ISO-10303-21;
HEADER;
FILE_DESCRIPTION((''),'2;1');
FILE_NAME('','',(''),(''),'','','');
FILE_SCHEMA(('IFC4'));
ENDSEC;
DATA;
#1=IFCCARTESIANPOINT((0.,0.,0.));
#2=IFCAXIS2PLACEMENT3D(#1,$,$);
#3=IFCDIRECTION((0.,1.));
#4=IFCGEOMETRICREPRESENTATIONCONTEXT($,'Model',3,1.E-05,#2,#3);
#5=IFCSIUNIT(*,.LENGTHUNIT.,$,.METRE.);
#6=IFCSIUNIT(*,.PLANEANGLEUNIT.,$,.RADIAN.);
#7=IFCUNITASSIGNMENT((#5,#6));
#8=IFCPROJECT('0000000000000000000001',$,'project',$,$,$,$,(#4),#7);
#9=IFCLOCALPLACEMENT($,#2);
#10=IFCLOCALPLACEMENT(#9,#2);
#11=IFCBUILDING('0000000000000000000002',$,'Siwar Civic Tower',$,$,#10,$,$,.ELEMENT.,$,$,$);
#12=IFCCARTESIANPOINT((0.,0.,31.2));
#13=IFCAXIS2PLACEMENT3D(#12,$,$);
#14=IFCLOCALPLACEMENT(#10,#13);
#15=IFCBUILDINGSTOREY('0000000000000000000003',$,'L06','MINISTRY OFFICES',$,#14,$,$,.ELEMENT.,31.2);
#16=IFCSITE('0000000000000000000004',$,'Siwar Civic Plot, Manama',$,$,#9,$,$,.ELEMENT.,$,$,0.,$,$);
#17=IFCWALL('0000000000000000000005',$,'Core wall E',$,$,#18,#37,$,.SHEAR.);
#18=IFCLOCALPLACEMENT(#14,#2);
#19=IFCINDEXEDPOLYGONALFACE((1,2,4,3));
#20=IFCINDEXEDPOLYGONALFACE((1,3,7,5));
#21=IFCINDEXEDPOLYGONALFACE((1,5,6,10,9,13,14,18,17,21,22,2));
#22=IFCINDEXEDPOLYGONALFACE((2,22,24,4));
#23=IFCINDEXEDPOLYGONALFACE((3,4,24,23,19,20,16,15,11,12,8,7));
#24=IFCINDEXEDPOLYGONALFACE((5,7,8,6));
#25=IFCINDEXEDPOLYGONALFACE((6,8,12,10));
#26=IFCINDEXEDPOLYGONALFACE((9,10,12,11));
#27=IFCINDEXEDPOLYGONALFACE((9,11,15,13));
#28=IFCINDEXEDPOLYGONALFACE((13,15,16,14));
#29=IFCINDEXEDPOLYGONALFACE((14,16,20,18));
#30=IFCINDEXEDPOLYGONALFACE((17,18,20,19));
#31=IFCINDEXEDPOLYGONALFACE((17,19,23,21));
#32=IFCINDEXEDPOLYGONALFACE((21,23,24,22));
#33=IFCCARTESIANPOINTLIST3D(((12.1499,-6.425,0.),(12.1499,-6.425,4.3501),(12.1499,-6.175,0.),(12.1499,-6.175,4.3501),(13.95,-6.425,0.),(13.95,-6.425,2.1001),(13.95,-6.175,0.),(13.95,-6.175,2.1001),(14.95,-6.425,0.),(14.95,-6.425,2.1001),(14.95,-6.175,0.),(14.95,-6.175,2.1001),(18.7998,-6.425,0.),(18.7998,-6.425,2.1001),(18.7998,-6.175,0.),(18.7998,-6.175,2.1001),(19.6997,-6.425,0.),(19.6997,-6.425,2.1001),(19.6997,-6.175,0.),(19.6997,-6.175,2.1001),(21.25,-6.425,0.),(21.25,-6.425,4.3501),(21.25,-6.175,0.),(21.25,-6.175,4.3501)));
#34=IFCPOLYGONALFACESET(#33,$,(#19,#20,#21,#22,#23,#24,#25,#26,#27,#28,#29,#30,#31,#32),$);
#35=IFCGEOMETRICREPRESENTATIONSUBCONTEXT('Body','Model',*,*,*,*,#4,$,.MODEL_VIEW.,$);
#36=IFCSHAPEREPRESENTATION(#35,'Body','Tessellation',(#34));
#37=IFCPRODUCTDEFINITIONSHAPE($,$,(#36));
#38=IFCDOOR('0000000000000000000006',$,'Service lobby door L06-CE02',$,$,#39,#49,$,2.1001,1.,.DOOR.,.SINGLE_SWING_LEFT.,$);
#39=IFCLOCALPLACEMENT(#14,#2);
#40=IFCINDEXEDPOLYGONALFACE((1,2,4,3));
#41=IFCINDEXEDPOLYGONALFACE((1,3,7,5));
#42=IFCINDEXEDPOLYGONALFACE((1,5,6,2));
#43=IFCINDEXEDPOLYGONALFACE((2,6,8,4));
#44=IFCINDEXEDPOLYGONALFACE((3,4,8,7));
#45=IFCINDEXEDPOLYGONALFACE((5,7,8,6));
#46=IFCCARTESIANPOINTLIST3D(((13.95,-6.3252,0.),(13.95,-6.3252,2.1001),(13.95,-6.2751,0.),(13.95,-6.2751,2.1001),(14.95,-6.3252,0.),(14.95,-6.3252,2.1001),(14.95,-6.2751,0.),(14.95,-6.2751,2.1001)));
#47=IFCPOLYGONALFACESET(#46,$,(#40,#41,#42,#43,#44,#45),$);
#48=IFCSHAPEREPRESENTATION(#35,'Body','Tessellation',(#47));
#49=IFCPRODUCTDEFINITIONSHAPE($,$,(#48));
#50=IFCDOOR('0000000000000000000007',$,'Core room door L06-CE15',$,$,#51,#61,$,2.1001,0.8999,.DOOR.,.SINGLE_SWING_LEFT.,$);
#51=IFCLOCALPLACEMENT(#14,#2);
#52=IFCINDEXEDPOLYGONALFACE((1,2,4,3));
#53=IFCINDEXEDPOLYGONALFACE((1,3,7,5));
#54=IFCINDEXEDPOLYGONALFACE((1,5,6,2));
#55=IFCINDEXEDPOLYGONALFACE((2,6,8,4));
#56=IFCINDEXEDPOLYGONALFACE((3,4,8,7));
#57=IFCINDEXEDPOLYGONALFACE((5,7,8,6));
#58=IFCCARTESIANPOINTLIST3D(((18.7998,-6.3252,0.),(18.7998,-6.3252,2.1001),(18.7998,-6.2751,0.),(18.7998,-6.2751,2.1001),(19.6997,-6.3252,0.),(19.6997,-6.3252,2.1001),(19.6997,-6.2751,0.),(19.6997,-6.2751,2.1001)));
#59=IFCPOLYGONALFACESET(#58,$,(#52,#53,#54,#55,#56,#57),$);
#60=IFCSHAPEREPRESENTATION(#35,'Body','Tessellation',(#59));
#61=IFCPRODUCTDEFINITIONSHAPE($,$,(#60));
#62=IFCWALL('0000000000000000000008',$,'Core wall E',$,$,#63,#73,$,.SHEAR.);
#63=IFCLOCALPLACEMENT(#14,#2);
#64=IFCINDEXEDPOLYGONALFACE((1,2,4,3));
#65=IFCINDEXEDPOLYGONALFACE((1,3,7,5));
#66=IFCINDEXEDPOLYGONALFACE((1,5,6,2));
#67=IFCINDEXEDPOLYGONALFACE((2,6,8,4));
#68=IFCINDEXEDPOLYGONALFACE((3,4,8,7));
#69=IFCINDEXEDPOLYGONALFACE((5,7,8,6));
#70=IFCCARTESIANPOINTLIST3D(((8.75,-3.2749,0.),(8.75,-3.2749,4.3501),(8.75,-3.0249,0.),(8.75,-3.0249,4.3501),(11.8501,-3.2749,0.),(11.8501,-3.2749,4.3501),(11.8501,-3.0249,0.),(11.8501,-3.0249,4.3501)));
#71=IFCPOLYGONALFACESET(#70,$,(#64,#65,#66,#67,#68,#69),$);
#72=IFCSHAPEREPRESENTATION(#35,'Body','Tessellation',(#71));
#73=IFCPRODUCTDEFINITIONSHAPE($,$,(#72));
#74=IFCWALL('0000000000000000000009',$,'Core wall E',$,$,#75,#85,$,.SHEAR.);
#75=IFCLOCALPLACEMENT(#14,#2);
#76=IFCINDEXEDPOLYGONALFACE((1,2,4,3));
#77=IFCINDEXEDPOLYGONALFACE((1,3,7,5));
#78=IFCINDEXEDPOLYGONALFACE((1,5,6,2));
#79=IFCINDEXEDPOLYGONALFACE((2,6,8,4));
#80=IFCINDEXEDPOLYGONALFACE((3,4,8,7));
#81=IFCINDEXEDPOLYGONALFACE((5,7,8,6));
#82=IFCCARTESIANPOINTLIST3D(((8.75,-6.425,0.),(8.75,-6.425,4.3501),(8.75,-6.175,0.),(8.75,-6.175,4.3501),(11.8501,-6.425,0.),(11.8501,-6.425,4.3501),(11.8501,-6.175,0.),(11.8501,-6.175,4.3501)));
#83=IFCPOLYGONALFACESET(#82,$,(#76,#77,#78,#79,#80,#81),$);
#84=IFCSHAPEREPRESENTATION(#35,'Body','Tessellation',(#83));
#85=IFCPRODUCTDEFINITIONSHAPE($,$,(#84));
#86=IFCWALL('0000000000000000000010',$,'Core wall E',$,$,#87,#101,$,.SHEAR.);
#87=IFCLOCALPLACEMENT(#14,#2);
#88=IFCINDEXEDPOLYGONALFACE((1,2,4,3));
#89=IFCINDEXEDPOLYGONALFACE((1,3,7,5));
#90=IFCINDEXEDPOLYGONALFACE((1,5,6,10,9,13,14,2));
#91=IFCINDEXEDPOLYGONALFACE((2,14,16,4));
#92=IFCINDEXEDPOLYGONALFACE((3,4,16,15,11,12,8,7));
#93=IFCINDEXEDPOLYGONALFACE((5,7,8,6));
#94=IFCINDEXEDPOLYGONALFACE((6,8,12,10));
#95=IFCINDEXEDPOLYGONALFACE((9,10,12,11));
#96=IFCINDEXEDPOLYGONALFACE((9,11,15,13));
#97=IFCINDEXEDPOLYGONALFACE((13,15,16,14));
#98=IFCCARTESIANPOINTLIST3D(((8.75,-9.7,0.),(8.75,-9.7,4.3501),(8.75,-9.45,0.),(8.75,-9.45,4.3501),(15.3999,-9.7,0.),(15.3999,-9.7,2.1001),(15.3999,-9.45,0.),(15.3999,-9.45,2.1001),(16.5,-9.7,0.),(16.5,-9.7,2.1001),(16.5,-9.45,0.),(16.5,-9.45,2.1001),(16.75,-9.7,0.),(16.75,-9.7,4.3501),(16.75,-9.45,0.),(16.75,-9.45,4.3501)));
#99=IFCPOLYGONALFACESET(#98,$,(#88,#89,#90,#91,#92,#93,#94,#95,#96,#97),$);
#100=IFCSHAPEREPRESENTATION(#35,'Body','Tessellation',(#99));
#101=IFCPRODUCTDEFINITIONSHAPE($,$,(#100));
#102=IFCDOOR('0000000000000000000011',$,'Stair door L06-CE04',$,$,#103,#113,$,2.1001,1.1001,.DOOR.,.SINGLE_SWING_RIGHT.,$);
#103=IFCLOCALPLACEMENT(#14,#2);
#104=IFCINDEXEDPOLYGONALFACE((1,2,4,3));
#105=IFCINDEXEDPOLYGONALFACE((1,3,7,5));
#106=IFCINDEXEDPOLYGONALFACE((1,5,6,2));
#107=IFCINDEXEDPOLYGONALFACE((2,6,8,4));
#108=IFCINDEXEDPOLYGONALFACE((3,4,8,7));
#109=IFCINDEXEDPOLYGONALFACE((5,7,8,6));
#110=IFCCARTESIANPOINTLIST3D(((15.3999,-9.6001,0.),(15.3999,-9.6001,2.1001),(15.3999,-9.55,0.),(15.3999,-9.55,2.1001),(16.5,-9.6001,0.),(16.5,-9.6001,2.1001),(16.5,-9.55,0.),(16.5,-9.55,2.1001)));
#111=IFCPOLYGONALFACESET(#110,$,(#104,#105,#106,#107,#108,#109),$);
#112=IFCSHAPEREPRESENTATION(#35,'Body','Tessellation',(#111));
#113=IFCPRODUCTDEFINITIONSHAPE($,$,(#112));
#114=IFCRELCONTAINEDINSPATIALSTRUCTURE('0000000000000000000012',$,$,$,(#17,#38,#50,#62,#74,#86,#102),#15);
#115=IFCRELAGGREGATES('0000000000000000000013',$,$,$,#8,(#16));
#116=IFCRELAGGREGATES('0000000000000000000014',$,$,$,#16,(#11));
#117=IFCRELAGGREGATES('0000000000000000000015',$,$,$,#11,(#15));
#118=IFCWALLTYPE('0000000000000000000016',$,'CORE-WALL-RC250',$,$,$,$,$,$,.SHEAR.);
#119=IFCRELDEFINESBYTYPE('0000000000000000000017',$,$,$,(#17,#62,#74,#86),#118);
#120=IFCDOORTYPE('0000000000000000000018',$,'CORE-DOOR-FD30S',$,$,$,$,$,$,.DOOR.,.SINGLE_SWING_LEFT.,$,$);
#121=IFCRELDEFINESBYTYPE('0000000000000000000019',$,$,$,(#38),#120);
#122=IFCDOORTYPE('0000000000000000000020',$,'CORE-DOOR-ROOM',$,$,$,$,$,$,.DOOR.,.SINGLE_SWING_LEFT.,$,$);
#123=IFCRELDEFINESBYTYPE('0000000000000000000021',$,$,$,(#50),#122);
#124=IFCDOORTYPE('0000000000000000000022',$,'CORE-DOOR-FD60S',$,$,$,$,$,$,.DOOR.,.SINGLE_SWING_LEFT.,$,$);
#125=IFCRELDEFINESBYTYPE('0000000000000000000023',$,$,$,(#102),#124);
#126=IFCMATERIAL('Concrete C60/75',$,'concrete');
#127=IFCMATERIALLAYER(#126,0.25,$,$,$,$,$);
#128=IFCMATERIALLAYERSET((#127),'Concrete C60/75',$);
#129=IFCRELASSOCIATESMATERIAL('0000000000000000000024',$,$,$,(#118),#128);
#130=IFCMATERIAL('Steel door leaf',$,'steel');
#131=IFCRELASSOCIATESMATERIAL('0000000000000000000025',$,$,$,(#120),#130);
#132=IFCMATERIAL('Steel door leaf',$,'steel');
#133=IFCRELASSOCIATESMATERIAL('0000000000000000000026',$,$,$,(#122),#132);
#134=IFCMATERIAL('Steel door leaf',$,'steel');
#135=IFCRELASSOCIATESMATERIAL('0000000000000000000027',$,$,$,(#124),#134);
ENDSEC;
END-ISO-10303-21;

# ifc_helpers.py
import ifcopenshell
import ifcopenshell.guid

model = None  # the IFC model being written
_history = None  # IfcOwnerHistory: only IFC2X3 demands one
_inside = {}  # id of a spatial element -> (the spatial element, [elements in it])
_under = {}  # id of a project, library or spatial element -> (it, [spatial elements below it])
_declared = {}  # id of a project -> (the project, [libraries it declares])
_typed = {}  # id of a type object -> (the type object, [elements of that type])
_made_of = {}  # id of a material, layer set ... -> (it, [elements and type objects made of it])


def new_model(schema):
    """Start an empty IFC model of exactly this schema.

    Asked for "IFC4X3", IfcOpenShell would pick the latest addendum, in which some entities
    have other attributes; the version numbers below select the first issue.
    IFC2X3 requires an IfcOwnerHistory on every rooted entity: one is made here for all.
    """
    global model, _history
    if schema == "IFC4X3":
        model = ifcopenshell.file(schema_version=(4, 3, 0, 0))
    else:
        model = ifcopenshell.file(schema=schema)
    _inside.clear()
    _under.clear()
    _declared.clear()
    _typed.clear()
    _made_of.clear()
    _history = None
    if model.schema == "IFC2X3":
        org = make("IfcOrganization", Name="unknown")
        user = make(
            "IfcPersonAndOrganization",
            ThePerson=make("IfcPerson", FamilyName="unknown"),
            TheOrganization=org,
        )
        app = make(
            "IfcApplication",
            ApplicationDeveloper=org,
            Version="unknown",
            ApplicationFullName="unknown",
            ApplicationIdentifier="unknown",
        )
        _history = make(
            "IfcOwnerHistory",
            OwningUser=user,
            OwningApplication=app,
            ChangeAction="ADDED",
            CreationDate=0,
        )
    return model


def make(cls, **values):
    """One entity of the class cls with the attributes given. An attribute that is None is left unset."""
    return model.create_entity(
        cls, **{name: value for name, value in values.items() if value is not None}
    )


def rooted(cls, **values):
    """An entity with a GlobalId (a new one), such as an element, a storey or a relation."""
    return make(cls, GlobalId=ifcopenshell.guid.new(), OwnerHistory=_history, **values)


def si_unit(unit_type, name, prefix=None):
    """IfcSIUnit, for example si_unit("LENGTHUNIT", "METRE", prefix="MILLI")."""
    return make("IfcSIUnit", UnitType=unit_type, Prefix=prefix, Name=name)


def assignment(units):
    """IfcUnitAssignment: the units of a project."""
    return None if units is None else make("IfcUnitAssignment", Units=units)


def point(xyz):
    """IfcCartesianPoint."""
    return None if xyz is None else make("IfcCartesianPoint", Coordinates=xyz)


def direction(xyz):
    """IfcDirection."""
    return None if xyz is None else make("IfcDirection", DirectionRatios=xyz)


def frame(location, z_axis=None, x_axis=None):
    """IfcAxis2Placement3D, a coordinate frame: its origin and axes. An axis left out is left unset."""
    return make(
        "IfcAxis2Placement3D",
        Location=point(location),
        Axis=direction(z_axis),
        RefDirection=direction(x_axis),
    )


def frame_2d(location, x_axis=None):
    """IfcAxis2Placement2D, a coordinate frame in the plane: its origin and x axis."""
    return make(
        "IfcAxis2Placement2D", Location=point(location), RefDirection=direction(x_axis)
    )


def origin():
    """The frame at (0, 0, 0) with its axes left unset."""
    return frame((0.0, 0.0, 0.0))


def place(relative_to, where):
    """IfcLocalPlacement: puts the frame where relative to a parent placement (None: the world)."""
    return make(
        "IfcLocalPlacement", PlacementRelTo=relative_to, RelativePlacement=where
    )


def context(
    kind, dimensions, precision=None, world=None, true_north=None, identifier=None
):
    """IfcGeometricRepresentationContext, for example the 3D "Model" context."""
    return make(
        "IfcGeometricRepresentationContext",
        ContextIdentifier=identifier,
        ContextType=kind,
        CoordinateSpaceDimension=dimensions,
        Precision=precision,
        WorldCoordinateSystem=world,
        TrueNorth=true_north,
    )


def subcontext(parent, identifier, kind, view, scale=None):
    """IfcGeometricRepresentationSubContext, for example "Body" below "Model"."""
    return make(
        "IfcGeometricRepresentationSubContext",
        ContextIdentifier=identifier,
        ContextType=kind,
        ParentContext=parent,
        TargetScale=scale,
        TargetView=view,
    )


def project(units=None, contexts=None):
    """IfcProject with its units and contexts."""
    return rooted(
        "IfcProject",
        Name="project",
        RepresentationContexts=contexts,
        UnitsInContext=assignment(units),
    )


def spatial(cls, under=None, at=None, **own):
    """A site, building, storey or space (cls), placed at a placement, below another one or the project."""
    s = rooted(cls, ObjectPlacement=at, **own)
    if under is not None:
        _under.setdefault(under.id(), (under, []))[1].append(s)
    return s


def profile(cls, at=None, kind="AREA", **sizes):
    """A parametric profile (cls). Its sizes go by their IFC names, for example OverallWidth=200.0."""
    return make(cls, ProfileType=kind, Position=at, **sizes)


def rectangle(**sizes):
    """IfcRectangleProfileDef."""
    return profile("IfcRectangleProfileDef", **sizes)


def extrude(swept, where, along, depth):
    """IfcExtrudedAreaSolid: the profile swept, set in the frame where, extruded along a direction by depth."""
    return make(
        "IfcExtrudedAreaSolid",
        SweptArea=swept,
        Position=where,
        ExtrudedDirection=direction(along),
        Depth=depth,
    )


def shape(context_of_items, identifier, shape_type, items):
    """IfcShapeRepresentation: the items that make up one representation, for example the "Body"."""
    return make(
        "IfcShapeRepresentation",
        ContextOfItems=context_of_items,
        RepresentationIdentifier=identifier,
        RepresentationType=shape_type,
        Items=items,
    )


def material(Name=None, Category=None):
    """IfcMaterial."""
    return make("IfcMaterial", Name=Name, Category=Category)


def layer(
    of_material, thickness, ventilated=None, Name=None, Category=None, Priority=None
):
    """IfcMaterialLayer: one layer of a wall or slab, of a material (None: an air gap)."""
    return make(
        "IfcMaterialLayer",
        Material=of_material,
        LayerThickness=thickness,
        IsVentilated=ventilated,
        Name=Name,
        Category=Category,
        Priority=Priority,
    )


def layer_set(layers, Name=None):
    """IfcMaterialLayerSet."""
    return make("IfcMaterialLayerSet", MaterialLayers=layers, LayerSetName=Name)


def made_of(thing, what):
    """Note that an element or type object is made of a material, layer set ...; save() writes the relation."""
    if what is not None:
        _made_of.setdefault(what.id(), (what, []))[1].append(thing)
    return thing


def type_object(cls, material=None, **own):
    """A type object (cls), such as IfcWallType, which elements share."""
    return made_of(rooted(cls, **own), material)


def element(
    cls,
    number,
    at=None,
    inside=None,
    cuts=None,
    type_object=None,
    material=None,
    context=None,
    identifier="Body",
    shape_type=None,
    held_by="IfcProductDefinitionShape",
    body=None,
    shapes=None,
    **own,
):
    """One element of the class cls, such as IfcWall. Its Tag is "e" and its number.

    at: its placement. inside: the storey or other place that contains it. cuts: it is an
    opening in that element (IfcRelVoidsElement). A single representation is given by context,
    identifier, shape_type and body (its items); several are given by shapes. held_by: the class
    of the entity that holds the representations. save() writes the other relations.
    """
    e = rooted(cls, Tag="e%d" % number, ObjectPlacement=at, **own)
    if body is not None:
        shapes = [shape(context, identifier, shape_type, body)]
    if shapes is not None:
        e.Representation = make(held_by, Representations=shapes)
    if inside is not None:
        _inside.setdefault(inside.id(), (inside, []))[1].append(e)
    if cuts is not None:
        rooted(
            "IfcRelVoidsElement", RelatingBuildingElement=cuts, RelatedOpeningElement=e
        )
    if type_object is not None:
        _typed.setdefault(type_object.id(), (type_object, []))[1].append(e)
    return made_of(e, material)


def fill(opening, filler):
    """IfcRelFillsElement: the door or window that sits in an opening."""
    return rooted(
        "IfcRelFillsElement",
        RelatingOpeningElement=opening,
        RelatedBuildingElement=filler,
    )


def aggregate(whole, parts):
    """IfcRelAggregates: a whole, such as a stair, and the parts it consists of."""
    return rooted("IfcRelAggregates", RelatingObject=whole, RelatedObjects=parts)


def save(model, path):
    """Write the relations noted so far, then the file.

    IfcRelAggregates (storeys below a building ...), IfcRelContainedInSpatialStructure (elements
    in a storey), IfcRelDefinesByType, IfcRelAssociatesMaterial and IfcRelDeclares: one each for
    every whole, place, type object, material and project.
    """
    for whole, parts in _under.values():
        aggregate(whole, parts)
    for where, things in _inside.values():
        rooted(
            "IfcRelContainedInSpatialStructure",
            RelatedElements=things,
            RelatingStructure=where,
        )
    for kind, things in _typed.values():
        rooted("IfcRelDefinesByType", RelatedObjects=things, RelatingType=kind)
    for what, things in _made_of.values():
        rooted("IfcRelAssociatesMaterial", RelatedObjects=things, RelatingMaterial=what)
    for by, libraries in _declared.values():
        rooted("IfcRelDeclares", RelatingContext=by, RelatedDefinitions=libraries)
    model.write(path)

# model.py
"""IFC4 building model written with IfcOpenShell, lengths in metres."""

from ifc_helpers import new_model, si_unit, direction, frame, frame_2d, origin, place, context, subcontext, project, spatial, rectangle, extrude, material, layer, layer_set, type_object, element, fill, save


model = new_model("IFC4")

# Units and contexts
model_context = context("Model", 3, precision=1e-05, world=origin(), true_north=direction((0.0, 1.0)))
body_context = subcontext(model_context, "Body", "Model", "MODEL_VIEW")
ifc_project = project(units=[si_unit("LENGTHUNIT", "METRE"), si_unit("PLANEANGLEUNIT", "RADIAN")], contexts=[model_context])

# Site, building, storey
site_placement = place(None, origin())
site = spatial("IfcSite", under=ifc_project, at=site_placement, Name="Siwar Civic Plot, Manama", CompositionType="ELEMENT", RefElevation=0.0)
building_placement = place(site_placement, origin())
building = spatial("IfcBuilding", under=site, at=building_placement, Name="Siwar Civic Tower", CompositionType="ELEMENT")
storey_placement = place(building_placement, frame((0.0, 0.0, 31.2)))
storey = spatial("IfcBuildingStorey", under=building, at=storey_placement, Name="L06", Description="MINISTRY OFFICES", CompositionType="ELEMENT", Elevation=31.2)

# Wall, openings, doors
ifc_material_1 = material(Name="Concrete C60/75", Category="concrete")
ifc_layer_1 = layer(ifc_material_1, 0.25)
ifc_layer_set_1 = layer_set([ifc_layer_1], Name="Concrete C60/75")
wall_type_1 = type_object("IfcWallType", Name="CORE-WALL-RC250", PredefinedType="SHEAR", material=ifc_layer_set_1)
wall_1_placement = place(storey_placement, frame((12.1499, -6.3, 0.0), z_axis=(0.0, 0.0, 1.0), x_axis=(1.0, 0.0, 0.0)))
wall_1 = element("IfcWall", 1, at=wall_1_placement, inside=storey, type_object=wall_type_1, Name="Core wall E", PredefinedType="SHEAR", context=body_context, shape_type="SweptSolid", body=[
    extrude(rectangle(XDim=9.1001, YDim=0.25, at=frame_2d((4.55, 0.0))), origin(), (0.0, 0.0, 1.0), 4.3501),
])
opening_1_placement = place(wall_1_placement, frame((1.8, 0.0, 0.0)))
opening_1 = element("IfcOpeningElement", 2, at=opening_1_placement, cuts=wall_1, PredefinedType="OPENING", context=body_context, shape_type="SweptSolid", body=[
    extrude(rectangle(XDim=1.0, YDim=2.1001, at=frame_2d((0.5, 1.05))), frame((0.0, 0.135, 0.0), z_axis=(0.0, -1.0, 0.0), x_axis=(1.0, 0.0, 0.0)), (0.0, 0.0, 1.0), 0.27),
])
opening_2_placement = place(wall_1_placement, frame((6.6499, 0.0, 0.0)))
opening_2 = element("IfcOpeningElement", 3, at=opening_2_placement, cuts=wall_1, PredefinedType="OPENING", context=body_context, shape_type="SweptSolid", body=[
    extrude(rectangle(XDim=0.8999, YDim=2.1001, at=frame_2d((0.45, 1.05))), frame((0.0, 0.135, 0.0), z_axis=(0.0, -1.0, 0.0), x_axis=(1.0, 0.0, 0.0)), (0.0, 0.0, 1.0), 0.27),
])
ifc_material_2 = material(Name="Steel door leaf", Category="steel")
door_type_1 = type_object("IfcDoorType", Name="CORE-DOOR-FD30S", OperationType="SINGLE_SWING_LEFT", PredefinedType="DOOR", material=ifc_material_2)
door_1_placement = place(opening_1_placement, origin())
door_1 = element("IfcDoor", 4, at=door_1_placement, inside=storey, type_object=door_type_1, Name="Service lobby door L06-CE02", OperationType="SINGLE_SWING_LEFT", OverallHeight=2.1001, OverallWidth=1.0, PredefinedType="DOOR", context=body_context, shape_type="SweptSolid", body=[
    extrude(rectangle(XDim=1.0, YDim=2.1001, at=frame_2d((0.5, 1.05))), frame((0.0, 0.0249, 0.0), z_axis=(0.0, -1.0, 0.0), x_axis=(1.0, 0.0, 0.0)), (0.0, 0.0, 1.0), 0.05),
])
fill(opening_1, door_1)
ifc_material_3 = material(Name="Steel door leaf", Category="steel")
door_type_2 = type_object("IfcDoorType", Name="CORE-DOOR-ROOM", OperationType="SINGLE_SWING_LEFT", PredefinedType="DOOR", material=ifc_material_3)
door_2_placement = place(opening_2_placement, origin())
door_2 = element("IfcDoor", 5, at=door_2_placement, inside=storey, type_object=door_type_2, Name="Core room door L06-CE15", OperationType="SINGLE_SWING_LEFT", OverallHeight=2.1001, OverallWidth=0.8999, PredefinedType="DOOR", context=body_context, shape_type="SweptSolid", body=[
    extrude(rectangle(XDim=0.8999, YDim=2.1001, at=frame_2d((0.45, 1.05))), frame((0.0, 0.0249, 0.0), z_axis=(0.0, -1.0, 0.0), x_axis=(1.0, 0.0, 0.0)), (0.0, 0.0, 1.0), 0.05),
])
fill(opening_2, door_2)

# Walls
for number, where, z_axis, x_axis, name in (
    (6, (8.75, -3.1499, 0.0), (0.0, 0.0, 1.0), (1.0, 0.0, 0.0), "Core wall E"),
    (7, (8.75, -6.3, 0.0), (0.0, 0.0, 1.0), (1.0, 0.0, 0.0), "Core wall E"),
):
    element("IfcWall", number, at=place(storey_placement, frame(where, z_axis=z_axis, x_axis=x_axis)), inside=storey, type_object=wall_type_1, Name=name, PredefinedType="SHEAR", context=body_context, shape_type="SweptSolid", body=[
        extrude(rectangle(XDim=3.1001, YDim=0.25, at=frame_2d((1.55, 0.0))), origin(), (0.0, 0.0, 1.0), 4.3501),
    ])

# Wall, opening, door
wall_2_placement = place(storey_placement, frame((8.75, -9.575, 0.0), z_axis=(0.0, 0.0, 1.0), x_axis=(1.0, 0.0, 0.0)))
wall_2 = element("IfcWall", 8, at=wall_2_placement, inside=storey, type_object=wall_type_1, Name="Core wall E", PredefinedType="SHEAR", context=body_context, shape_type="SweptSolid", body=[
    extrude(rectangle(XDim=8.0, YDim=0.25, at=frame_2d((4.0, 0.0))), origin(), (0.0, 0.0, 1.0), 4.3501),
])
opening_3_placement = place(wall_2_placement, frame((6.6499, 0.0, 0.0)))
opening_3 = element("IfcOpeningElement", 9, at=opening_3_placement, cuts=wall_2, PredefinedType="OPENING", context=body_context, shape_type="SweptSolid", body=[
    extrude(rectangle(XDim=1.1001, YDim=2.1001, at=frame_2d((0.55, 1.05))), frame((0.0, 0.135, 0.0), z_axis=(0.0, -1.0, 0.0), x_axis=(1.0, 0.0, 0.0)), (0.0, 0.0, 1.0), 0.27),
])
ifc_material_4 = material(Name="Steel door leaf", Category="steel")
door_type_3 = type_object("IfcDoorType", Name="CORE-DOOR-FD60S", OperationType="SINGLE_SWING_LEFT", PredefinedType="DOOR", material=ifc_material_4)
door_3_placement = place(opening_3_placement, origin())
door_3 = element("IfcDoor", 10, at=door_3_placement, inside=storey, type_object=door_type_3, Name="Stair door L06-CE04", OperationType="SINGLE_SWING_RIGHT", OverallHeight=2.1001, OverallWidth=1.1001, PredefinedType="DOOR", context=body_context, shape_type="SweptSolid", body=[
    extrude(rectangle(XDim=1.1001, YDim=2.1001, at=frame_2d((0.55, 1.05))), frame((0.0, 0.0249, 0.0), z_axis=(0.0, -1.0, 0.0), x_axis=(1.0, 0.0, 0.0)), (0.0, 0.0, 1.0), 0.05),
])
fill(opening_3, door_3)

save(model, "model.ifc")
